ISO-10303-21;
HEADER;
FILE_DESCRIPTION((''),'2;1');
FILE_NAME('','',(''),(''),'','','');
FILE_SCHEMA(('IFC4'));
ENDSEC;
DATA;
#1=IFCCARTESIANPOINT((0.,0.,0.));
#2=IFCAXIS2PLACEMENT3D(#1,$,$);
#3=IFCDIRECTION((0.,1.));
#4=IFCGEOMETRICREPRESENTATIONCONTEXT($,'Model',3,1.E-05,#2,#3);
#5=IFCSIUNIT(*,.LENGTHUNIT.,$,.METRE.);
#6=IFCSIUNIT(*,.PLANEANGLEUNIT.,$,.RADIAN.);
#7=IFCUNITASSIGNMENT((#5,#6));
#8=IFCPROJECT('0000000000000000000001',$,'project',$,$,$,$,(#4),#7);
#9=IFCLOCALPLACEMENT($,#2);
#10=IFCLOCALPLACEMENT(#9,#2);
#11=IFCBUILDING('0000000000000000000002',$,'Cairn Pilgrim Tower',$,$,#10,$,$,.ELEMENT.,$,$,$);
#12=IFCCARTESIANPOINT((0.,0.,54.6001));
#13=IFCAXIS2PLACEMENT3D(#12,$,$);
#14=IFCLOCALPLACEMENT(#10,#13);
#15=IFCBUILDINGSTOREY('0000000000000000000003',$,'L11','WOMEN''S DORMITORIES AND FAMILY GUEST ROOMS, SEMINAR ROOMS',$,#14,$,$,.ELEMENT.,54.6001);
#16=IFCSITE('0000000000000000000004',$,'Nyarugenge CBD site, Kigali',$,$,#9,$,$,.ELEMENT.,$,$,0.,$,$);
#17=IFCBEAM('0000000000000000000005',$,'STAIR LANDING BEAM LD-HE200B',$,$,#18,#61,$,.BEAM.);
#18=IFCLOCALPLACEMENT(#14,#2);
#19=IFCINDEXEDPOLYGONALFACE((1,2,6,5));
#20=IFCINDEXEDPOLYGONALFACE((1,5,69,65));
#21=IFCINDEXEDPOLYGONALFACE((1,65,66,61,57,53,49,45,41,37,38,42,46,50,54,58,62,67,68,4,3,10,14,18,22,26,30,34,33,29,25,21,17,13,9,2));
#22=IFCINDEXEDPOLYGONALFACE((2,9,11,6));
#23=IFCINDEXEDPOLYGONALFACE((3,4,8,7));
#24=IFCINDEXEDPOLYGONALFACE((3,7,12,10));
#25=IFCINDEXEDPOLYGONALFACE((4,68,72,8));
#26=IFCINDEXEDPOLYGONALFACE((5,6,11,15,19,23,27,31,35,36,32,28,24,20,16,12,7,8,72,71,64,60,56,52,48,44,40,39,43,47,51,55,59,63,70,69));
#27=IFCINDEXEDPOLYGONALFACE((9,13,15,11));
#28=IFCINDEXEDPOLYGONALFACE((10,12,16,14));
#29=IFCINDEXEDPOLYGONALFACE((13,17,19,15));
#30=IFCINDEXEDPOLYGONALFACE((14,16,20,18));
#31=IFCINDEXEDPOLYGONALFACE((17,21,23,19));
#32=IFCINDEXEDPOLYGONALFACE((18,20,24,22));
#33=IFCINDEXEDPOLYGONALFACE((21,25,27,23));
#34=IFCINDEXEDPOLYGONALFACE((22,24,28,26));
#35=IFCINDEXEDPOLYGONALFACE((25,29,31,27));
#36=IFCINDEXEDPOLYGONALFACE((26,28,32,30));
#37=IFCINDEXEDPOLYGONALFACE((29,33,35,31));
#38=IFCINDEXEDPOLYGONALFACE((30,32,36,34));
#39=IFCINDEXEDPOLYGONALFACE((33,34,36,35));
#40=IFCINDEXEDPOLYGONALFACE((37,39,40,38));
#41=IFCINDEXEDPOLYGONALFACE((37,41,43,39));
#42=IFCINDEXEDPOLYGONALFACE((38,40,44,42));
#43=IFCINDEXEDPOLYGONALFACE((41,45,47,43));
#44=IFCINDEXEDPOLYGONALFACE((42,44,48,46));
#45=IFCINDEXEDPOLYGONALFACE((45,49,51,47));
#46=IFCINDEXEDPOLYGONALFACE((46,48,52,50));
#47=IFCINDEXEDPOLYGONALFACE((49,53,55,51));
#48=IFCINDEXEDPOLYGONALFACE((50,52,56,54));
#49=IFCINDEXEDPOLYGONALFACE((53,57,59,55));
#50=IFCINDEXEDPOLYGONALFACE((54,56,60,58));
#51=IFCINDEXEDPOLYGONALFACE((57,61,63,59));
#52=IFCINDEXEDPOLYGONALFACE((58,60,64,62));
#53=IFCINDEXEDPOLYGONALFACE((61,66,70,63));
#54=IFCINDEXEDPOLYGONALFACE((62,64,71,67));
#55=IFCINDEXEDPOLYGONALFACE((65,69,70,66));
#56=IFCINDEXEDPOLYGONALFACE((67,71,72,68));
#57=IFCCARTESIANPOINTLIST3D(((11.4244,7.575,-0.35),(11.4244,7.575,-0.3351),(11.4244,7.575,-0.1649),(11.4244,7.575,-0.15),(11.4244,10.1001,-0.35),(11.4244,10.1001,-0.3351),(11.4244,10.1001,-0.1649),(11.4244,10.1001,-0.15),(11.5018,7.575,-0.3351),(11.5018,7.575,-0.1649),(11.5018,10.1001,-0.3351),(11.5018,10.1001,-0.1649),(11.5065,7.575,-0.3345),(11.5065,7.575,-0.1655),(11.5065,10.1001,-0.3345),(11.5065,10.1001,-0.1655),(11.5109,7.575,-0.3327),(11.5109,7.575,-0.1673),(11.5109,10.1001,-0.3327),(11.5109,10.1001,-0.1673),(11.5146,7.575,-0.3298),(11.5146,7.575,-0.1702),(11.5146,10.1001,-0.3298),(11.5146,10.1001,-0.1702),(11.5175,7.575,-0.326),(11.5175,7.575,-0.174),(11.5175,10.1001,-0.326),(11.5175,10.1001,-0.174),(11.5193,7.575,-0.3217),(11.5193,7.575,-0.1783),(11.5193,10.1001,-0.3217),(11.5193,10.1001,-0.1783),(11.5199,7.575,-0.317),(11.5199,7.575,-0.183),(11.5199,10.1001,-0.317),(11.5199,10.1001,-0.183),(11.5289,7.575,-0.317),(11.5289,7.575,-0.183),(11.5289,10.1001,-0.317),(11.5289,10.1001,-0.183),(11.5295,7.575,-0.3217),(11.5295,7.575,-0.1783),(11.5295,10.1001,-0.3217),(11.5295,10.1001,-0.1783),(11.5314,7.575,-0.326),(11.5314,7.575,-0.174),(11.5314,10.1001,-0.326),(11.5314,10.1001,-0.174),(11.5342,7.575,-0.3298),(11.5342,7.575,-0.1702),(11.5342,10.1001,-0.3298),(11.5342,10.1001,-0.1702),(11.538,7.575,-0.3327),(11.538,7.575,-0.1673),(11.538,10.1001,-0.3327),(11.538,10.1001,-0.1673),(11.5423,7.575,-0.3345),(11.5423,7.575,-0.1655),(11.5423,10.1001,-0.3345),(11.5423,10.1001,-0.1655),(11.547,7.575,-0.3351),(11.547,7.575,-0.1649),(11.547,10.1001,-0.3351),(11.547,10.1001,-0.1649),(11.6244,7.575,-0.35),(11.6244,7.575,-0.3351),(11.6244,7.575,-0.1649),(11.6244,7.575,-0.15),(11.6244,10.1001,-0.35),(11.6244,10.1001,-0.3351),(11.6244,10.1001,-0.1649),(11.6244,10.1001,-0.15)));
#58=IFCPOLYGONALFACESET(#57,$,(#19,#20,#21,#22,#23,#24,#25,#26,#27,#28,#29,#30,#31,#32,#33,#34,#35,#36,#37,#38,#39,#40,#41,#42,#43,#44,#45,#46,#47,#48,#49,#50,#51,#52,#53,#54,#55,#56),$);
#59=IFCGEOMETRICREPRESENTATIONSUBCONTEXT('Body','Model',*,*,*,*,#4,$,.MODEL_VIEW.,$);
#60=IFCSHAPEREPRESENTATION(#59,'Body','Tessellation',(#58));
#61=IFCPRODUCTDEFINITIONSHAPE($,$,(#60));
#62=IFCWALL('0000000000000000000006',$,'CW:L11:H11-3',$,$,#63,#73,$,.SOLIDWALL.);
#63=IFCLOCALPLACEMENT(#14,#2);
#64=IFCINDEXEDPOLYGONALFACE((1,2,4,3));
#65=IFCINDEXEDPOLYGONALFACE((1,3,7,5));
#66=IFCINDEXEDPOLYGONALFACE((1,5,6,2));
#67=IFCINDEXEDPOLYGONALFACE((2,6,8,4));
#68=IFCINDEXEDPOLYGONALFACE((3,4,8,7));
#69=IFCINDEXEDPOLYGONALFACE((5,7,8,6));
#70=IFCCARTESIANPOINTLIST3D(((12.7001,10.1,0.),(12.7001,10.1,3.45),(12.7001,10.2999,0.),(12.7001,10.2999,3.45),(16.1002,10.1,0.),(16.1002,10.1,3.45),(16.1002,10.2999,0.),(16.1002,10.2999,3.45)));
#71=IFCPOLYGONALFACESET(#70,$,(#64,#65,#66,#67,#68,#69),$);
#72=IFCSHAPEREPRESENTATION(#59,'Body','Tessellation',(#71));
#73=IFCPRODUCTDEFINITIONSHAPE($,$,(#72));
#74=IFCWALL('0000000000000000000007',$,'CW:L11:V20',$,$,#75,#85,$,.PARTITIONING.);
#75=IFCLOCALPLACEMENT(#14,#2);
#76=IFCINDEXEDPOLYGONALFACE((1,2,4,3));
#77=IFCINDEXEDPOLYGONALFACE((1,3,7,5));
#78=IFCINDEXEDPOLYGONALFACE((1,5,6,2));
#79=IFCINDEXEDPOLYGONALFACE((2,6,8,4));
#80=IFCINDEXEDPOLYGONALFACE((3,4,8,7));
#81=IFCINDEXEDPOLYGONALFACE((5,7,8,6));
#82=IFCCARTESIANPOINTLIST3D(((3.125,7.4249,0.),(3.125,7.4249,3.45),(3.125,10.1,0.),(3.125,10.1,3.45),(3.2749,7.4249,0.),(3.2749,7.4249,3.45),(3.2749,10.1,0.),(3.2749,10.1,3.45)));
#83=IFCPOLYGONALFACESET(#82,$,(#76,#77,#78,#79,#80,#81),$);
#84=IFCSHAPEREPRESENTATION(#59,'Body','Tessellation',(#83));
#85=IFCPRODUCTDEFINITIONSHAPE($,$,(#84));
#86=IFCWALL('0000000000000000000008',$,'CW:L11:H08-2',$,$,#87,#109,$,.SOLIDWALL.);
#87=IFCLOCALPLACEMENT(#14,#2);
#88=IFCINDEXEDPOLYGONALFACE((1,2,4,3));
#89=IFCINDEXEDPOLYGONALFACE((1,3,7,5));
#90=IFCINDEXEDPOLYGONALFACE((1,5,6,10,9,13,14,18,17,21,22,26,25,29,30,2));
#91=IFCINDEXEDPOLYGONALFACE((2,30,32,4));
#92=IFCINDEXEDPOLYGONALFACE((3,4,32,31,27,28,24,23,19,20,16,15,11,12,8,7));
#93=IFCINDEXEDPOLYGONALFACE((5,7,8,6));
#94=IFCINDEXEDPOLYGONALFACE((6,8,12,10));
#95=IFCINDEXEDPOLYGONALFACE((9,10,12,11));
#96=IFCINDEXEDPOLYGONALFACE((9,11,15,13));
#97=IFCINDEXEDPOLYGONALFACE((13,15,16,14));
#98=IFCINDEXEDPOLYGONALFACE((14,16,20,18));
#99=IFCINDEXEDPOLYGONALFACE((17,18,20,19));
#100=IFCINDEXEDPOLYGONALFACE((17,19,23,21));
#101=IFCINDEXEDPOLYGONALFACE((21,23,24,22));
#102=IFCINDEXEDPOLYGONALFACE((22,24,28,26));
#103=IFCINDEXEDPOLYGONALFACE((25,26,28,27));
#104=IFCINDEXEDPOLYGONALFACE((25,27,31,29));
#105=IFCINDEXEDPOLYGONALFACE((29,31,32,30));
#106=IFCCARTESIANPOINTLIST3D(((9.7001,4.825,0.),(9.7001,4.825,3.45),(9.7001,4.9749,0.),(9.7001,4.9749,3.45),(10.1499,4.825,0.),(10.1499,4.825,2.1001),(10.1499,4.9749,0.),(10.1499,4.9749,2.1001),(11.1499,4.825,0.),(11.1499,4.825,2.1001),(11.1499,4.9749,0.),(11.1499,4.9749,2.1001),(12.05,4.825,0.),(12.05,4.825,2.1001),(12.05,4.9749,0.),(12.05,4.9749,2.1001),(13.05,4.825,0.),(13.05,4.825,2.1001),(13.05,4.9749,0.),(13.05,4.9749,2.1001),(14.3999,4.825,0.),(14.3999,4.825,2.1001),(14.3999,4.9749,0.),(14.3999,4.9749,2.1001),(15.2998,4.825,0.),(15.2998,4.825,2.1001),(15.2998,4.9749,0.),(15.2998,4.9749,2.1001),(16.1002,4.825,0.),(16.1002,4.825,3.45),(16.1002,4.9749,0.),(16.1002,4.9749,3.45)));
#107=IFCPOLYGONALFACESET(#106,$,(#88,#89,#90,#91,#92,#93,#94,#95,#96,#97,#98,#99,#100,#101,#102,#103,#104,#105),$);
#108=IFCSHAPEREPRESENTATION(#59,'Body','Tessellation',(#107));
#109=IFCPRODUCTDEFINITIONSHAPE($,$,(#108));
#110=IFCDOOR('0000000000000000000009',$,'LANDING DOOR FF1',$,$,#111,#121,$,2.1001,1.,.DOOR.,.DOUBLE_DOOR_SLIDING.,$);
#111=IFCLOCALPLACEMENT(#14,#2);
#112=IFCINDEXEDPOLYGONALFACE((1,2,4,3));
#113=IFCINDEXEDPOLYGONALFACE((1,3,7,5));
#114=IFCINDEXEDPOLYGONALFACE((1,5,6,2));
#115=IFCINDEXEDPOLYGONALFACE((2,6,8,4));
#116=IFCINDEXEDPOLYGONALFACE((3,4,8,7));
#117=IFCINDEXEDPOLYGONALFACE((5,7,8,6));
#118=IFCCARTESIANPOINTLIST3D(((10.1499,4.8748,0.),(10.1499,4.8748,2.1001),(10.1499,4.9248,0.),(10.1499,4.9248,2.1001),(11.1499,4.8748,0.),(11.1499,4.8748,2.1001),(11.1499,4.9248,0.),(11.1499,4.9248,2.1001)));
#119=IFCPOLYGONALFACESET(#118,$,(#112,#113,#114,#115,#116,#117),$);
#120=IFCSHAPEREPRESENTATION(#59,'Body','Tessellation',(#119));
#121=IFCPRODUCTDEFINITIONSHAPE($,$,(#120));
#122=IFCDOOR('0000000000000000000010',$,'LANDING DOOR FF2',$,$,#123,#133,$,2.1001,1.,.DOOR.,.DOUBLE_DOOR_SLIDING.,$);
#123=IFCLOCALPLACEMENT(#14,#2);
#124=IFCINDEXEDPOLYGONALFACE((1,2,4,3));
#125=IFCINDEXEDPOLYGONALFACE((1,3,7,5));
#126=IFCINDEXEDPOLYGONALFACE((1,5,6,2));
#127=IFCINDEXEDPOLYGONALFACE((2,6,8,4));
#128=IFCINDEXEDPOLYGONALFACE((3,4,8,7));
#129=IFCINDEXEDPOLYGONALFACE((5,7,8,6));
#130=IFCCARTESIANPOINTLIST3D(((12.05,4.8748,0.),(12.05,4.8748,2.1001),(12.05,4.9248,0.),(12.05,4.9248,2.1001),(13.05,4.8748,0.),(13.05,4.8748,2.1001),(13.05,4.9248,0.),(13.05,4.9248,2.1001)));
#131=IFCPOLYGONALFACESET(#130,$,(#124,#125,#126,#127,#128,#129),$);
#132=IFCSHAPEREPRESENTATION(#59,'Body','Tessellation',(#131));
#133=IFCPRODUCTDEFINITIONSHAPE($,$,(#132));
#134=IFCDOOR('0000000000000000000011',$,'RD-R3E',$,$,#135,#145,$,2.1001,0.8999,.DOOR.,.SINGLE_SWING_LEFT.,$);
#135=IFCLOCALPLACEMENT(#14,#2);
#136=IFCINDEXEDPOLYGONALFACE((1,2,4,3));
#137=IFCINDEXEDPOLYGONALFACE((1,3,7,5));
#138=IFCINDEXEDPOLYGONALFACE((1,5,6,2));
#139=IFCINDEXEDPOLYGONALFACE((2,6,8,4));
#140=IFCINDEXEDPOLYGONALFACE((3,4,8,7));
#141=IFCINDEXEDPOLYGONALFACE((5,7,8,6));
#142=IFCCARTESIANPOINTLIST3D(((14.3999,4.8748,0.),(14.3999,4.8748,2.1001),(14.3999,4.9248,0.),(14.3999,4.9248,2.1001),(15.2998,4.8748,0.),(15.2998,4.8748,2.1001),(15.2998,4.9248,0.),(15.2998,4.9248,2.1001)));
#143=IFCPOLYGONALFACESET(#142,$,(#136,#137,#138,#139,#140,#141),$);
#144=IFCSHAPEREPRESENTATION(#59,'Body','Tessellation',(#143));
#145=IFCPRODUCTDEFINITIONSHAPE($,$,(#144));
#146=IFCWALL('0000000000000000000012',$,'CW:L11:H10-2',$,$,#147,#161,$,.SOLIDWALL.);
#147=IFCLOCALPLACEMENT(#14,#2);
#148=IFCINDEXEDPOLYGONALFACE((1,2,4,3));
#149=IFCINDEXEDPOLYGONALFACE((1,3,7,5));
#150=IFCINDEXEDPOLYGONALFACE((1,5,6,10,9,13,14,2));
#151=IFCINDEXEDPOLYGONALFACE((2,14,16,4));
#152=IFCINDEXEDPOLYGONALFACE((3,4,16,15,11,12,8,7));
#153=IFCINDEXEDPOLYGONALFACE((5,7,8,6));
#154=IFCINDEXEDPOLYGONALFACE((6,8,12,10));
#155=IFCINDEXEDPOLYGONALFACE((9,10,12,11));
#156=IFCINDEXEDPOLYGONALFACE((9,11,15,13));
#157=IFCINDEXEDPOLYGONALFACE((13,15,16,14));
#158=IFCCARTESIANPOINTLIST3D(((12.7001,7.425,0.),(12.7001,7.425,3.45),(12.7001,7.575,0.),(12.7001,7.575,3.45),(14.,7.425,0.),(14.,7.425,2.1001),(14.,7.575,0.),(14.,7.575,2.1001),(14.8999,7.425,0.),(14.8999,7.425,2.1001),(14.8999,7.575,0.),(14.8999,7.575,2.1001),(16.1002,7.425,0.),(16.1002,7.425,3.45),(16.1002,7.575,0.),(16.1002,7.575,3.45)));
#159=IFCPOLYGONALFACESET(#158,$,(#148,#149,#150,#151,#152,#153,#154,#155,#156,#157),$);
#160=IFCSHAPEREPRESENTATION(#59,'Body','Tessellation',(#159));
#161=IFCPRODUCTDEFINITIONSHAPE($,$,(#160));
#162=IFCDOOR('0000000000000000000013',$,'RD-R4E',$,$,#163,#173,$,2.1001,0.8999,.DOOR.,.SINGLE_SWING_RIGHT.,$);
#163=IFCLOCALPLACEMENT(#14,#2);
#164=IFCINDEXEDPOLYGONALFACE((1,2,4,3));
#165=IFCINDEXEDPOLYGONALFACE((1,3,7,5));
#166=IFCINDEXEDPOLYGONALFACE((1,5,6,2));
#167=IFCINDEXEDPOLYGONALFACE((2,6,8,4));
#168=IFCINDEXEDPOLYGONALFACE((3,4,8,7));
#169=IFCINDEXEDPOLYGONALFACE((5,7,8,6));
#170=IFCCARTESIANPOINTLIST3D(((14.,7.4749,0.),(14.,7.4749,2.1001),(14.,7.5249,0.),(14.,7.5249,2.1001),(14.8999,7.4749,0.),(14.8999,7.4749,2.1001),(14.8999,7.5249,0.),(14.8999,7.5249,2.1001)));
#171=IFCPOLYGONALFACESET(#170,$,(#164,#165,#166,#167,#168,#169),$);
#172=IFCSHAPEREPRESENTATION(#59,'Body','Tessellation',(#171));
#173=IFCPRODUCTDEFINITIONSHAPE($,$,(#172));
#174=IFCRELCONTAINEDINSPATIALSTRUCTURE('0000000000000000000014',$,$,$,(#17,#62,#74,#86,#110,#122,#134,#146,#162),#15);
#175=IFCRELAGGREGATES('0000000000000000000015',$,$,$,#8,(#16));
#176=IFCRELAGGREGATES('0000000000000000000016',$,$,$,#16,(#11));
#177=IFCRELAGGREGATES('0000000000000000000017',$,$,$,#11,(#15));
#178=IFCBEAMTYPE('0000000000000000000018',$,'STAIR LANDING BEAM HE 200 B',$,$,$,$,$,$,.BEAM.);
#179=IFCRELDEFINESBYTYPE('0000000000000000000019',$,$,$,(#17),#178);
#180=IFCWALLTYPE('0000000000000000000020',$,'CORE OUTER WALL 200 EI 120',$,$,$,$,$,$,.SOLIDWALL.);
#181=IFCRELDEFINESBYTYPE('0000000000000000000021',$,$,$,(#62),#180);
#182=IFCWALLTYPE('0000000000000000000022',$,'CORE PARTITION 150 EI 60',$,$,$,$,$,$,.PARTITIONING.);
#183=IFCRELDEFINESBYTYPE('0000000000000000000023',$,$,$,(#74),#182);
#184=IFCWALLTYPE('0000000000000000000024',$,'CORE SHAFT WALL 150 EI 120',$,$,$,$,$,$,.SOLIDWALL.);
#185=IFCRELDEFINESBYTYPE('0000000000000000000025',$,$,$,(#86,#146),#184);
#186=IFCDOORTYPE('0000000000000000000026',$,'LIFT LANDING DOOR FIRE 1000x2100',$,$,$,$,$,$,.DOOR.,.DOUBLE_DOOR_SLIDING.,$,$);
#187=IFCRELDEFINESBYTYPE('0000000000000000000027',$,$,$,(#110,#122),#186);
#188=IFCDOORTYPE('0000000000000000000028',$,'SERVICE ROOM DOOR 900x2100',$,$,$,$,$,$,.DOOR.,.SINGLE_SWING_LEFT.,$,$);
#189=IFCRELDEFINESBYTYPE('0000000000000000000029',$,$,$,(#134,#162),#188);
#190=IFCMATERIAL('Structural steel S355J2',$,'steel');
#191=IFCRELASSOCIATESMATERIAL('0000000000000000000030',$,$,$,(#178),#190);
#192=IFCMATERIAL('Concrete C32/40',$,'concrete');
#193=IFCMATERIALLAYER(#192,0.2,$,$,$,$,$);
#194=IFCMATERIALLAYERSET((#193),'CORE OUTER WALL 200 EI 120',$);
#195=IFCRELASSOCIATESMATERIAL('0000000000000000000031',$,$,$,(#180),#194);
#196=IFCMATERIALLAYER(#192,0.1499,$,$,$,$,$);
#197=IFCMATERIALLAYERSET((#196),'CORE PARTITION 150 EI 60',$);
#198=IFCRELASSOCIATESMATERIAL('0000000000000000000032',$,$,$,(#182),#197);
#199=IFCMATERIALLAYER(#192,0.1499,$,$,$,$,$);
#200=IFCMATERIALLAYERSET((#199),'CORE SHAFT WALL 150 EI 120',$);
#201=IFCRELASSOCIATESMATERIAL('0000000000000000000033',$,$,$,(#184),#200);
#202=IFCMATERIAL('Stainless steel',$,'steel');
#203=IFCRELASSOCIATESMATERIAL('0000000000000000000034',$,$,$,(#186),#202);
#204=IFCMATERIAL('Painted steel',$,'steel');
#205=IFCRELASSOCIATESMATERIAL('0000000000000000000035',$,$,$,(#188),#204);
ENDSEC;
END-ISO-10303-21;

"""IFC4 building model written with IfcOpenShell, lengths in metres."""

from ifc_helpers import new_model, si_unit, direction, frame, frame_2d, origin, origin_2d, place, context, subcontext, project, spatial, rectangle, i_section, extrude, material, layer, layer_set, material_profile, profile_set, type_object, element, fill, save


model = new_model("IFC4")

# Units and contexts
model_context = context("Model", 3, precision=1e-05, world=origin(), true_north=direction((0.0, 1.0)))
body_context = subcontext(model_context, "Body", "Model", "MODEL_VIEW")
ifc_project = project(units=[si_unit("LENGTHUNIT", "METRE"), si_unit("PLANEANGLEUNIT", "RADIAN")], contexts=[model_context])

# Site, building, storey
site_placement = place(None, origin())
site = spatial("IfcSite", under=ifc_project, at=site_placement, Name="Nyarugenge CBD site, Kigali", CompositionType="ELEMENT", RefElevation=0.0)
building_placement = place(site_placement, origin())
building = spatial("IfcBuilding", under=site, at=building_placement, Name="Cairn Pilgrim Tower", CompositionType="ELEMENT")
storey_placement = place(building_placement, frame((0.0, 0.0, 54.6001)))
storey = spatial("IfcBuildingStorey", under=building, at=storey_placement, Name="L11", Description="WOMEN'S DORMITORIES AND FAMILY GUEST ROOMS, SEMINAR ROOMS", CompositionType="ELEMENT", Elevation=54.6001)

# Beam
ifc_material_1 = material(Name="Structural steel S355J2", Category="steel")
ifc_material_profile_1 = material_profile(ifc_material_1, i_section(OverallWidth=0.2, OverallDepth=0.2, WebThickness=0.009, FlangeThickness=0.0149, FilletRadius=0.0181, at=origin_2d()), Name="HE 200 B")
ifc_profile_set_1 = profile_set([ifc_material_profile_1], Name="Structural steel S355J2")
beam_type_1 = type_object("IfcBeamType", Name="STAIR LANDING BEAM HE 200 B", PredefinedType="BEAM", material=ifc_profile_set_1)
beam_1_placement = place(storey_placement, frame((11.5244, 10.1001, -0.25), z_axis=(0.0, -1.0, 0.0), x_axis=(1.0, 0.0, 0.0)))
element("IfcBeam", 1, at=beam_1_placement, inside=storey, type_object=beam_type_1, Name="STAIR LANDING BEAM LD-HE200B", PredefinedType="BEAM", context=body_context, shape_type="SweptSolid", body=[
    extrude(i_section(OverallWidth=0.2, OverallDepth=0.2, WebThickness=0.009, FlangeThickness=0.0149, FilletRadius=0.0181, at=origin_2d()), origin(), (0.0, 0.0, 1.0), 2.5251),
])

# Walls
ifc_material_2 = material(Name="Concrete C32/40", Category="concrete")
ifc_layer_1 = layer(ifc_material_2, 0.2)
ifc_layer_set_1 = layer_set([ifc_layer_1], Name="CORE OUTER WALL 200 EI 120")
wall_type_1 = type_object("IfcWallType", Name="CORE OUTER WALL 200 EI 120", PredefinedType="SOLIDWALL", material=ifc_layer_set_1)
wall_1_placement = place(storey_placement, frame((12.7, 10.2, 0.0), z_axis=(0.0, 0.0, 1.0), x_axis=(1.0, 0.0, 0.0)))
element("IfcWall", 2, at=wall_1_placement, inside=storey, type_object=wall_type_1, Name="CW:L11:H11-3", PredefinedType="SOLIDWALL", context=body_context, shape_type="SweptSolid", body=[
    extrude(rectangle(XDim=3.4001, YDim=0.2, at=frame_2d((1.7002, 0.0))), origin(), (0.0, 0.0, 1.0), 3.45),
])
ifc_layer_2 = layer(ifc_material_2, 0.1499)
ifc_layer_set_2 = layer_set([ifc_layer_2], Name="CORE PARTITION 150 EI 60")
wall_type_2 = type_object("IfcWallType", Name="CORE PARTITION 150 EI 60", PredefinedType="PARTITIONING", material=ifc_layer_set_2)
wall_2_placement = place(storey_placement, frame((3.2, 7.425, 0.0), z_axis=(0.0, 0.0, 1.0), x_axis=(0.0, 1.0, 0.0)))
element("IfcWall", 3, at=wall_2_placement, inside=storey, type_object=wall_type_2, Name="CW:L11:V20", PredefinedType="PARTITIONING", context=body_context, shape_type="SweptSolid", body=[
    extrude(rectangle(XDim=2.675, YDim=0.1499, at=frame_2d((1.3374, 0.0))), origin(), (0.0, 0.0, 1.0), 3.45),
])

# Wall, openings, doors
ifc_layer_3 = layer(ifc_material_2, 0.1499)
ifc_layer_set_3 = layer_set([ifc_layer_3], Name="CORE SHAFT WALL 150 EI 120")
wall_type_3 = type_object("IfcWallType", Name="CORE SHAFT WALL 150 EI 120", PredefinedType="SOLIDWALL", material=ifc_layer_set_3)
wall_3_placement = place(storey_placement, frame((9.7, 4.8999, 0.0), z_axis=(0.0, 0.0, 1.0), x_axis=(1.0, 0.0, 0.0)))
wall_3 = element("IfcWall", 4, at=wall_3_placement, inside=storey, type_object=wall_type_3, Name="CW:L11:H08-2", PredefinedType="SOLIDWALL", context=body_context, shape_type="SweptSolid", body=[
    extrude(rectangle(XDim=6.4001, YDim=0.1499, at=frame_2d((3.2002, 0.0))), origin(), (0.0, 0.0, 1.0), 3.45),
])
opening_1_placement = place(wall_3_placement, frame((0.45, 0.0, 0.0)))
opening_1 = element("IfcOpeningElement", 5, at=opening_1_placement, cuts=wall_3, PredefinedType="OPENING", context=body_context, shape_type="SweptSolid", body=[
    extrude(rectangle(XDim=1.0, YDim=2.1001, at=frame_2d((0.5, 1.05))), frame((0.0, 0.085, 0.0), z_axis=(0.0, -1.0, 0.0), x_axis=(1.0, 0.0, 0.0)), (0.0, 0.0, 1.0), 0.1699),
])
opening_2_placement = place(wall_3_placement, frame((2.3501, 0.0, 0.0)))
opening_2 = element("IfcOpeningElement", 6, at=opening_2_placement, cuts=wall_3, PredefinedType="OPENING", context=body_context, shape_type="SweptSolid", body=[
    extrude(rectangle(XDim=1.0, YDim=2.1001, at=frame_2d((0.5, 1.05))), frame((0.0, 0.085, 0.0), z_axis=(0.0, -1.0, 0.0), x_axis=(1.0, 0.0, 0.0)), (0.0, 0.0, 1.0), 0.1699),
])
opening_3_placement = place(wall_3_placement, frame((4.7, 0.0, 0.0)))
opening_3 = element("IfcOpeningElement", 7, at=opening_3_placement, cuts=wall_3, PredefinedType="OPENING", context=body_context, shape_type="SweptSolid", body=[
    extrude(rectangle(XDim=0.8999, YDim=2.1001, at=frame_2d((0.45, 1.05))), frame((0.0, 0.085, 0.0), z_axis=(0.0, -1.0, 0.0), x_axis=(1.0, 0.0, 0.0)), (0.0, 0.0, 1.0), 0.1699),
])
ifc_material_3 = material(Name="Stainless steel", Category="steel")
door_type_1 = type_object("IfcDoorType", Name="LIFT LANDING DOOR FIRE 1000x2100", OperationType="DOUBLE_DOOR_SLIDING", PredefinedType="DOOR", material=ifc_material_3)
door_1_placement = place(opening_1_placement, origin())
door_1 = element("IfcDoor", 8, at=door_1_placement, inside=storey, type_object=door_type_1, Name="LANDING DOOR FF1", OperationType="DOUBLE_DOOR_SLIDING", OverallHeight=2.1001, OverallWidth=1.0, PredefinedType="DOOR", context=body_context, shape_type="SweptSolid", body=[
    extrude(rectangle(XDim=1.0, YDim=2.1001, at=frame_2d((0.5, 1.05))), frame((0.0, 0.0249, 0.0), z_axis=(0.0, -1.0, 0.0), x_axis=(1.0, 0.0, 0.0)), (0.0, 0.0, 1.0), 0.05),
])
fill(opening_1, door_1)
door_2_placement = place(opening_2_placement, origin())
door_2 = element("IfcDoor", 9, at=door_2_placement, inside=storey, type_object=door_type_1, Name="LANDING DOOR FF2", OperationType="DOUBLE_DOOR_SLIDING", OverallHeight=2.1001, OverallWidth=1.0, PredefinedType="DOOR", context=body_context, shape_type="SweptSolid", body=[
    extrude(rectangle(XDim=1.0, YDim=2.1001, at=frame_2d((0.5, 1.05))), frame((0.0, 0.0249, 0.0), z_axis=(0.0, -1.0, 0.0), x_axis=(1.0, 0.0, 0.0)), (0.0, 0.0, 1.0), 0.05),
])
fill(opening_2, door_2)
ifc_material_4 = material(Name="Painted steel", Category="steel")
door_type_2 = type_object("IfcDoorType", Name="SERVICE ROOM DOOR 900x2100", OperationType="SINGLE_SWING_LEFT", PredefinedType="DOOR", material=ifc_material_4)
door_3_placement = place(opening_3_placement, origin())
door_3 = element("IfcDoor", 10, at=door_3_placement, inside=storey, type_object=door_type_2, Name="RD-R3E", OperationType="SINGLE_SWING_LEFT", OverallHeight=2.1001, OverallWidth=0.8999, PredefinedType="DOOR", context=body_context, shape_type="SweptSolid", body=[
    extrude(rectangle(XDim=0.8999, YDim=2.1001, at=frame_2d((0.45, 1.05))), frame((0.0, 0.0249, 0.0), z_axis=(0.0, -1.0, 0.0), x_axis=(1.0, 0.0, 0.0)), (0.0, 0.0, 1.0), 0.05),
])
fill(opening_3, door_3)

# Wall, opening, door
wall_4_placement = place(storey_placement, frame((12.7, 7.5, 0.0), z_axis=(0.0, 0.0, 1.0), x_axis=(1.0, 0.0, 0.0)))
wall_4 = element("IfcWall", 11, at=wall_4_placement, inside=storey, type_object=wall_type_3, Name="CW:L11:H10-2", PredefinedType="SOLIDWALL", context=body_context, shape_type="SweptSolid", body=[
    extrude(rectangle(XDim=3.4001, YDim=0.1499, at=frame_2d((1.7002, 0.0))), origin(), (0.0, 0.0, 1.0), 3.45),
])
opening_4_placement = place(wall_4_placement, frame((1.3, 0.0, 0.0)))
opening_4 = element("IfcOpeningElement", 12, at=opening_4_placement, cuts=wall_4, PredefinedType="OPENING", context=body_context, shape_type="SweptSolid", body=[
    extrude(rectangle(XDim=0.8999, YDim=2.1001, at=frame_2d((0.45, 1.05))), frame((0.0, 0.085, 0.0), z_axis=(0.0, -1.0, 0.0), x_axis=(1.0, 0.0, 0.0)), (0.0, 0.0, 1.0), 0.1699),
])
door_4_placement = place(opening_4_placement, origin())
door_4 = element("IfcDoor", 13, at=door_4_placement, inside=storey, type_object=door_type_2, Name="RD-R4E", OperationType="SINGLE_SWING_RIGHT", OverallHeight=2.1001, OverallWidth=0.8999, PredefinedType="DOOR", context=body_context, shape_type="SweptSolid", body=[
    extrude(rectangle(XDim=0.8999, YDim=2.1001, at=frame_2d((0.45, 1.05))), frame((0.0, 0.0249, 0.0), z_axis=(0.0, -1.0, 0.0), x_axis=(1.0, 0.0, 0.0)), (0.0, 0.0, 1.0), 0.05),
])
fill(opening_4, door_4)

save(model, "model.ifc")
